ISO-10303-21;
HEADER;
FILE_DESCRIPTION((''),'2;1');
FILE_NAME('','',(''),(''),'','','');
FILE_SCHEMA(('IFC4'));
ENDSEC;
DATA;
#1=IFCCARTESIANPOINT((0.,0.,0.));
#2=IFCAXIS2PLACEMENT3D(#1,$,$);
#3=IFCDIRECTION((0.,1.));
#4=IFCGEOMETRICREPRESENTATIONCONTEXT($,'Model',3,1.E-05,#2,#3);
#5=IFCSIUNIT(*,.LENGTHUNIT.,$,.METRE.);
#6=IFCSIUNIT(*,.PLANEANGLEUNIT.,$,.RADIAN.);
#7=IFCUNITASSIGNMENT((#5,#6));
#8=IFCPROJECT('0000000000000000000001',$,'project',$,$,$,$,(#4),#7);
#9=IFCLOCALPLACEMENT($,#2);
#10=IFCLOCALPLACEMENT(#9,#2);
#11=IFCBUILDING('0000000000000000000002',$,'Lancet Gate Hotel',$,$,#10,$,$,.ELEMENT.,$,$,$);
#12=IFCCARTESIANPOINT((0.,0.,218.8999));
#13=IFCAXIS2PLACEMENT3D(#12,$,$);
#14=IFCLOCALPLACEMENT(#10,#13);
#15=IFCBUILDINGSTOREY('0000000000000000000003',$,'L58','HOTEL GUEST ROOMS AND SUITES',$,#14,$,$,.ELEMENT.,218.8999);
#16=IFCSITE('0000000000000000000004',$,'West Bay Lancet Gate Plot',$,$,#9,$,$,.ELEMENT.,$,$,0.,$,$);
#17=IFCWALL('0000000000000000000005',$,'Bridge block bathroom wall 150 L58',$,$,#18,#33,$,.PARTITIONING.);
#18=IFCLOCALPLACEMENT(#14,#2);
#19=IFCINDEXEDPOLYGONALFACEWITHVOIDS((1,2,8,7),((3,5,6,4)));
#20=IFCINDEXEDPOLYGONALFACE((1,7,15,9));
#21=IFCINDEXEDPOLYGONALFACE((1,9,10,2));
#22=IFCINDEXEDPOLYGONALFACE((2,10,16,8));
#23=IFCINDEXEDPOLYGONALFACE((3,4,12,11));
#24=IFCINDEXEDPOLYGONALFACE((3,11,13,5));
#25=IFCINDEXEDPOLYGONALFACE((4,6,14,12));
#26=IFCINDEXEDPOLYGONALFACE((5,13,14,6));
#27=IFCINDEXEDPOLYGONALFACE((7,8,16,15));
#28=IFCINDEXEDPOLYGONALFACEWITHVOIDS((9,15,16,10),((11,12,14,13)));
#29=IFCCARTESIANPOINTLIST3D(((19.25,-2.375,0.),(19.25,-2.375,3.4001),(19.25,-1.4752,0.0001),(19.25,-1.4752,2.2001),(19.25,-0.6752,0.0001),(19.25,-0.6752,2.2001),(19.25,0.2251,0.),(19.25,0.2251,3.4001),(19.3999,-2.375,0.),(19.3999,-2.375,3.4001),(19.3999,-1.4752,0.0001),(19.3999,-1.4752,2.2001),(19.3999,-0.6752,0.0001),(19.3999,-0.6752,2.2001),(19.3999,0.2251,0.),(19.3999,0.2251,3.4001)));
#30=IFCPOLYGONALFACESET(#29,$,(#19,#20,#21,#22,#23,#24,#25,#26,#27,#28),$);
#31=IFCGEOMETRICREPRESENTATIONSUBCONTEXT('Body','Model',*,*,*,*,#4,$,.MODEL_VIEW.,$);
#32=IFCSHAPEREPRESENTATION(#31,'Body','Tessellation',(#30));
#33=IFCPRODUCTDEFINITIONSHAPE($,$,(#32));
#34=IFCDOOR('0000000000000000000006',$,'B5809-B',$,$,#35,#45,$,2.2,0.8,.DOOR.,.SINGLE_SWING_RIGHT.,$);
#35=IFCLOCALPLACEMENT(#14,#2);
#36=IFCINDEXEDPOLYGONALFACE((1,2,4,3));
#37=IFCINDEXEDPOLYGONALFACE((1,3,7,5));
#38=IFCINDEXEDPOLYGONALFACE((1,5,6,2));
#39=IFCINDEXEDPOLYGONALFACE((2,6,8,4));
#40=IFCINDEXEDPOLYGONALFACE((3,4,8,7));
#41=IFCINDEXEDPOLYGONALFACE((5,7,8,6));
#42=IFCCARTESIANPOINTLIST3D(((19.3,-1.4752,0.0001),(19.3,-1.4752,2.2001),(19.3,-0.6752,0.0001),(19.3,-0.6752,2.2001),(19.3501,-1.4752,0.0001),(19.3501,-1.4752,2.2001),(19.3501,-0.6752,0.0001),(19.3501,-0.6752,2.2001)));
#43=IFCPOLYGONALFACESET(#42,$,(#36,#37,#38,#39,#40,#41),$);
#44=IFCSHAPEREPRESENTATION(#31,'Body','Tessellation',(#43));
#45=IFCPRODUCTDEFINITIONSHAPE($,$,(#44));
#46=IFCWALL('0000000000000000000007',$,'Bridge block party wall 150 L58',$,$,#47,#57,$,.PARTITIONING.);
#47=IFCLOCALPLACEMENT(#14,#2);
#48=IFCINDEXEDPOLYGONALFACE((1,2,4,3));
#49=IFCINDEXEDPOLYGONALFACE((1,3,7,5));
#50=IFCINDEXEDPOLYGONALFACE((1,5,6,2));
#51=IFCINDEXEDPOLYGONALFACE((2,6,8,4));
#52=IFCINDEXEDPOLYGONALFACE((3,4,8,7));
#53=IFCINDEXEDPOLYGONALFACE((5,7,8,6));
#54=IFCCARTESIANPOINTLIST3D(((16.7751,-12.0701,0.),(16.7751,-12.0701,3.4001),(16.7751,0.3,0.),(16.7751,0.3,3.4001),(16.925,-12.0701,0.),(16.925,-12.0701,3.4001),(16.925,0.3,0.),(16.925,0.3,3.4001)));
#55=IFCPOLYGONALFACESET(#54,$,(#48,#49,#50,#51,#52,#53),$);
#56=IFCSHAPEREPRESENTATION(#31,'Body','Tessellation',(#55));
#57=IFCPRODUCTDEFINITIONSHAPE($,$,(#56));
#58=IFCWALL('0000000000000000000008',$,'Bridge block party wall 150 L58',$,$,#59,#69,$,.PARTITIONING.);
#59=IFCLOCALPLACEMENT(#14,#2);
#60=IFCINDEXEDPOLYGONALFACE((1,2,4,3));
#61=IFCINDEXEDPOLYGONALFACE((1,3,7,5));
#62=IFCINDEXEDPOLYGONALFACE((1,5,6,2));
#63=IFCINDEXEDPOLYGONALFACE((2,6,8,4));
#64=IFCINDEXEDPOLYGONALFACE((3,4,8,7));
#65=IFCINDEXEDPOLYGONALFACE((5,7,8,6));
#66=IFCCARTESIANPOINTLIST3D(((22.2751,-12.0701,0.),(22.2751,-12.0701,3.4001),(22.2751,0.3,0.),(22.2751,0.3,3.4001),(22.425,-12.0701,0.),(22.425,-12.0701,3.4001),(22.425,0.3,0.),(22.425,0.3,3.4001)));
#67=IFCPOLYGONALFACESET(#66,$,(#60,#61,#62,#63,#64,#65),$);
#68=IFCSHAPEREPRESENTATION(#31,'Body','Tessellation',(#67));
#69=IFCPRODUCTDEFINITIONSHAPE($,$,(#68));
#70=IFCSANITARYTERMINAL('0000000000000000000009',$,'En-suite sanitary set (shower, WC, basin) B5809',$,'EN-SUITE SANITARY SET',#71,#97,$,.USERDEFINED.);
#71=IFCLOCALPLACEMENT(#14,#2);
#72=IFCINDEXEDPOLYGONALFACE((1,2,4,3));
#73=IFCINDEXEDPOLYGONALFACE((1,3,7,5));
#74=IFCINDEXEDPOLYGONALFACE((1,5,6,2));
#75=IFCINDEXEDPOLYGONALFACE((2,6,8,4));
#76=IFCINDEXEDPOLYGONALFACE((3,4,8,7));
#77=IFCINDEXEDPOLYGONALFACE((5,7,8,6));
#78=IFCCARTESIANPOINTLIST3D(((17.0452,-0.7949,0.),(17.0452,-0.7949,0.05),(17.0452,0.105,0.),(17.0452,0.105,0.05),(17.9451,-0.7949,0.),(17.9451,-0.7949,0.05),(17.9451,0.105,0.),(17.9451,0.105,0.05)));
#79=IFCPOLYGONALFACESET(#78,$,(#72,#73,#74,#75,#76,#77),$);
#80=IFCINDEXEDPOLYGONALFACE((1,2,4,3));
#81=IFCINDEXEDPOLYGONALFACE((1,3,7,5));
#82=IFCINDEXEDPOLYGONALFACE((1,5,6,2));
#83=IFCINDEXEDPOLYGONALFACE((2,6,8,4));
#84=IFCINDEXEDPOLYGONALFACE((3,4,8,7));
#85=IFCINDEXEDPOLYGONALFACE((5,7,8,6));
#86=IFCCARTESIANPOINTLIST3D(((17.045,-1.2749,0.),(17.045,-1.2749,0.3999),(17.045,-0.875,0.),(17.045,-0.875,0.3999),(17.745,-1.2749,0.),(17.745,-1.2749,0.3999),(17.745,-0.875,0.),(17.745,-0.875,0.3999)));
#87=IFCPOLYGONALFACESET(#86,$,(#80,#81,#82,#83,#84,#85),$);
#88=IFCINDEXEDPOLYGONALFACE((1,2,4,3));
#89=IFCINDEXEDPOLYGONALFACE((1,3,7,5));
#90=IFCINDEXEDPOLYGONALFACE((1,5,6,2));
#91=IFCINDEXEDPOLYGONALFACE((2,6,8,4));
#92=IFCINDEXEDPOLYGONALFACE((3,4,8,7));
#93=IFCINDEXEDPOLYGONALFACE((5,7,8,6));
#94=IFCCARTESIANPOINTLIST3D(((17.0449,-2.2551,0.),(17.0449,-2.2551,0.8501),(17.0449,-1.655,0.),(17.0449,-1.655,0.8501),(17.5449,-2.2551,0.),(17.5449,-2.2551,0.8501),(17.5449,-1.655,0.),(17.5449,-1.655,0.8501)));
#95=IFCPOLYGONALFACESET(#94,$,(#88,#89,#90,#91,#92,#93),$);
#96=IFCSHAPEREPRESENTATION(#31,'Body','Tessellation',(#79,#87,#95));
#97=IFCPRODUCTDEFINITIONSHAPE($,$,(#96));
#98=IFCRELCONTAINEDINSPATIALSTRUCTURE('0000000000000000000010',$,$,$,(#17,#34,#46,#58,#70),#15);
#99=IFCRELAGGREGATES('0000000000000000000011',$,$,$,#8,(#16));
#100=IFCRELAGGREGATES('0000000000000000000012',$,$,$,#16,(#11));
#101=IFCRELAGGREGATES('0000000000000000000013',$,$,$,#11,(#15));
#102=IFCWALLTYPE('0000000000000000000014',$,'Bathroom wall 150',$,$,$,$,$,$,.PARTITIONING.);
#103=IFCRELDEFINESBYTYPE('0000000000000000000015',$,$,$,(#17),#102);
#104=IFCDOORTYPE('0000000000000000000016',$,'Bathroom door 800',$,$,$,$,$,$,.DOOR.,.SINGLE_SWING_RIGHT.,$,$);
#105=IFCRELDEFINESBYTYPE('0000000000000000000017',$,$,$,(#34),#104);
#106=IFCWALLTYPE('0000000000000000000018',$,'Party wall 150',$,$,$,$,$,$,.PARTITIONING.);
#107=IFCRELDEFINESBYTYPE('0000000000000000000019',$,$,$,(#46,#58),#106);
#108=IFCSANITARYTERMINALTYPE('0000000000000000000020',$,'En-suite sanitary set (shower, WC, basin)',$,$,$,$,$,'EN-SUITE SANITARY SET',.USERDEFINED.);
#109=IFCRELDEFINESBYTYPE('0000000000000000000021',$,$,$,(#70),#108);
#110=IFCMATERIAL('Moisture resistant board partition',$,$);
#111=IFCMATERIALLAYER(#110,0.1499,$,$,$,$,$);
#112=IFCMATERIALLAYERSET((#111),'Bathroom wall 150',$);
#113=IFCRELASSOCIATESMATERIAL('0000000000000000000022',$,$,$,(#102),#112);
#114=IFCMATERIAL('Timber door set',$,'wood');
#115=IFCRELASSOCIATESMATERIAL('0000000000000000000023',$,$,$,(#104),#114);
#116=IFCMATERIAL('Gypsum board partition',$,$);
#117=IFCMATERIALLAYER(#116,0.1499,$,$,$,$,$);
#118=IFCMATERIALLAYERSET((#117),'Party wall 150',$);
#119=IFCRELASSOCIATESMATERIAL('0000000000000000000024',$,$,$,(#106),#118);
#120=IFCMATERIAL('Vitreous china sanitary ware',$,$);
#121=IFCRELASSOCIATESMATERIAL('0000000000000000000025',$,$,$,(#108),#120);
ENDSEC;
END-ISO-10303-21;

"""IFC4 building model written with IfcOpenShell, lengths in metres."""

from ifc_helpers import new_model, si_unit, direction, frame, frame_2d, origin, origin_2d, place, context, subcontext, project, spatial, rectangle, extrude, material, layer, layer_set, type_object, element, fill, save


model = new_model("IFC4")

# Units and contexts
model_context = context("Model", 3, precision=1e-05, world=origin(), true_north=direction((0.0, 1.0)))
body_context = subcontext(model_context, "Body", "Model", "MODEL_VIEW")
ifc_project = project(units=[si_unit("LENGTHUNIT", "METRE"), si_unit("PLANEANGLEUNIT", "RADIAN")], contexts=[model_context])

# Site, building, storey
site_placement = place(None, origin())
site = spatial("IfcSite", under=ifc_project, at=site_placement, Name="West Bay Lancet Gate Plot", CompositionType="ELEMENT", RefElevation=0.0)
building_placement = place(site_placement, origin())
building = spatial("IfcBuilding", under=site, at=building_placement, Name="Lancet Gate Hotel", CompositionType="ELEMENT")
storey_placement = place(building_placement, frame((0.0, 0.0, 218.8999)))
storey = spatial("IfcBuildingStorey", under=building, at=storey_placement, Name="L58", Description="HOTEL GUEST ROOMS AND SUITES", CompositionType="ELEMENT", Elevation=218.8999)

# Shared definitions
ifc_material_1 = material(Name="Moisture resistant board partition")
ifc_layer_1 = layer(ifc_material_1, 0.1499)
ifc_layer_set_1 = layer_set([ifc_layer_1], Name="Bathroom wall 150")
wall_type_1 = type_object("IfcWallType", Name="Bathroom wall 150", PredefinedType="PARTITIONING", material=ifc_layer_set_1)
ifc_material_2 = material(Name="Timber door set", Category="wood")
door_type = type_object("IfcDoorType", Name="Bathroom door 800", OperationType="SINGLE_SWING_RIGHT", PredefinedType="DOOR", material=ifc_material_2)

# Wall, opening, door
wall_1_placement = place(storey_placement, frame((19.325, -2.375, 0.0), z_axis=(0.0, 0.0, 1.0), x_axis=(0.0, 1.0, 0.0)))
wall_1 = element("IfcWall", 1, at=wall_1_placement, inside=storey, type_object=wall_type_1, Name="Bridge block bathroom wall 150 L58", PredefinedType="PARTITIONING", context=body_context, shape_type="SweptSolid", body=[
    extrude(rectangle(XDim=2.6001, YDim=0.1499, at=frame_2d((1.3, 0.0))), origin(), (0.0, 0.0, 1.0), 3.4001),
])
opening_1_placement = place(wall_1_placement, frame((0.8999, 0.0, 0.0)))
opening_1 = element("IfcOpeningElement", 2, at=opening_1_placement, cuts=wall_1, PredefinedType="OPENING", context=body_context, shape_type="SweptSolid", body=[
    extrude(rectangle(XDim=0.8, YDim=2.2, at=frame_2d((0.3999, 1.1001))), frame((0.0, 0.085, 0.0), z_axis=(0.0, -1.0, 0.0), x_axis=(1.0, 0.0, 0.0)), (0.0, 0.0, 1.0), 0.1699),
])
door_1_placement = place(opening_1_placement, origin())
door_1 = element("IfcDoor", 3, at=door_1_placement, inside=storey, type_object=door_type, Name="B5809-B", OperationType="SINGLE_SWING_RIGHT", OverallHeight=2.2, OverallWidth=0.8, PredefinedType="DOOR", context=body_context, shape_type="SweptSolid", body=[
    extrude(rectangle(XDim=0.8, YDim=2.2, at=frame_2d((0.3999, 1.1001))), frame((0.0, 0.0249, 0.0), z_axis=(0.0, -1.0, 0.0), x_axis=(1.0, 0.0, 0.0)), (0.0, 0.0, 1.0), 0.05),
])
fill(opening_1, door_1)

# Walls
ifc_material_3 = material(Name="Gypsum board partition")
ifc_layer_2 = layer(ifc_material_3, 0.1499)
ifc_layer_set_2 = layer_set([ifc_layer_2], Name="Party wall 150")
wall_type_2 = type_object("IfcWallType", Name="Party wall 150", PredefinedType="PARTITIONING", material=ifc_layer_set_2)
for number, where, z_axis, x_axis, name in (
    (4, (16.8501, -12.0701, 0.0), (0.0, 0.0, 1.0), (0.0, 1.0, 0.0), "Bridge block party wall 150 L58"),
    (5, (22.3501, -12.0701, 0.0), (0.0, 0.0, 1.0), (0.0, 1.0, 0.0), "Bridge block party wall 150 L58"),
):
    element("IfcWall", number, at=place(storey_placement, frame(where, z_axis=z_axis, x_axis=x_axis)), inside=storey, type_object=wall_type_2, Name=name, PredefinedType="PARTITIONING", context=body_context, shape_type="SweptSolid", body=[
        extrude(rectangle(XDim=12.3701, YDim=0.1499, at=frame_2d((6.1851, 0.0))), origin(), (0.0, 0.0, 1.0), 3.4001),
    ])

# Sanitary terminal
ifc_material_4 = material(Name="Vitreous china sanitary ware")
sanitary_terminal_type = type_object("IfcSanitaryTerminalType", Name="En-suite sanitary set (shower, WC, basin)", ElementType="EN-SUITE SANITARY SET", PredefinedType="USERDEFINED", material=ifc_material_4)
sanitary_terminal_placement = place(storey_placement, frame((17.4951, -0.345, 0.0), z_axis=(0.0, 0.0, 1.0), x_axis=(1.0, 0.0, 0.0)))
element("IfcSanitaryTerminal", 6, at=sanitary_terminal_placement, inside=storey, type_object=sanitary_terminal_type, Name="En-suite sanitary set (shower, WC, basin) B5809", ObjectType="EN-SUITE SANITARY SET", PredefinedType="USERDEFINED", context=body_context, shape_type="SweptSolid", body=[
    extrude(rectangle(XDim=0.8999, YDim=0.8999, at=origin_2d()), frame((0.0, 0.0, 0.0), z_axis=(0.0, 0.0, 1.0), x_axis=(0.0, 1.0, 0.0)), (0.0, 0.0, 1.0), 0.05),
    extrude(rectangle(XDim=0.3999, YDim=0.7, at=origin_2d()), frame((-0.1001, -0.73, 0.0), z_axis=(0.0, 0.0, 1.0), x_axis=(0.0, 1.0, 0.0)), (0.0, 0.0, 1.0), 0.3999),
    extrude(rectangle(XDim=0.6001, YDim=0.5, at=origin_2d()), frame((-0.2002, -1.6101, 0.0), z_axis=(0.0, 0.0, 1.0), x_axis=(0.0, 1.0, 0.0)), (0.0, 0.0, 1.0), 0.8501),
])

save(model, "model.ifc")
